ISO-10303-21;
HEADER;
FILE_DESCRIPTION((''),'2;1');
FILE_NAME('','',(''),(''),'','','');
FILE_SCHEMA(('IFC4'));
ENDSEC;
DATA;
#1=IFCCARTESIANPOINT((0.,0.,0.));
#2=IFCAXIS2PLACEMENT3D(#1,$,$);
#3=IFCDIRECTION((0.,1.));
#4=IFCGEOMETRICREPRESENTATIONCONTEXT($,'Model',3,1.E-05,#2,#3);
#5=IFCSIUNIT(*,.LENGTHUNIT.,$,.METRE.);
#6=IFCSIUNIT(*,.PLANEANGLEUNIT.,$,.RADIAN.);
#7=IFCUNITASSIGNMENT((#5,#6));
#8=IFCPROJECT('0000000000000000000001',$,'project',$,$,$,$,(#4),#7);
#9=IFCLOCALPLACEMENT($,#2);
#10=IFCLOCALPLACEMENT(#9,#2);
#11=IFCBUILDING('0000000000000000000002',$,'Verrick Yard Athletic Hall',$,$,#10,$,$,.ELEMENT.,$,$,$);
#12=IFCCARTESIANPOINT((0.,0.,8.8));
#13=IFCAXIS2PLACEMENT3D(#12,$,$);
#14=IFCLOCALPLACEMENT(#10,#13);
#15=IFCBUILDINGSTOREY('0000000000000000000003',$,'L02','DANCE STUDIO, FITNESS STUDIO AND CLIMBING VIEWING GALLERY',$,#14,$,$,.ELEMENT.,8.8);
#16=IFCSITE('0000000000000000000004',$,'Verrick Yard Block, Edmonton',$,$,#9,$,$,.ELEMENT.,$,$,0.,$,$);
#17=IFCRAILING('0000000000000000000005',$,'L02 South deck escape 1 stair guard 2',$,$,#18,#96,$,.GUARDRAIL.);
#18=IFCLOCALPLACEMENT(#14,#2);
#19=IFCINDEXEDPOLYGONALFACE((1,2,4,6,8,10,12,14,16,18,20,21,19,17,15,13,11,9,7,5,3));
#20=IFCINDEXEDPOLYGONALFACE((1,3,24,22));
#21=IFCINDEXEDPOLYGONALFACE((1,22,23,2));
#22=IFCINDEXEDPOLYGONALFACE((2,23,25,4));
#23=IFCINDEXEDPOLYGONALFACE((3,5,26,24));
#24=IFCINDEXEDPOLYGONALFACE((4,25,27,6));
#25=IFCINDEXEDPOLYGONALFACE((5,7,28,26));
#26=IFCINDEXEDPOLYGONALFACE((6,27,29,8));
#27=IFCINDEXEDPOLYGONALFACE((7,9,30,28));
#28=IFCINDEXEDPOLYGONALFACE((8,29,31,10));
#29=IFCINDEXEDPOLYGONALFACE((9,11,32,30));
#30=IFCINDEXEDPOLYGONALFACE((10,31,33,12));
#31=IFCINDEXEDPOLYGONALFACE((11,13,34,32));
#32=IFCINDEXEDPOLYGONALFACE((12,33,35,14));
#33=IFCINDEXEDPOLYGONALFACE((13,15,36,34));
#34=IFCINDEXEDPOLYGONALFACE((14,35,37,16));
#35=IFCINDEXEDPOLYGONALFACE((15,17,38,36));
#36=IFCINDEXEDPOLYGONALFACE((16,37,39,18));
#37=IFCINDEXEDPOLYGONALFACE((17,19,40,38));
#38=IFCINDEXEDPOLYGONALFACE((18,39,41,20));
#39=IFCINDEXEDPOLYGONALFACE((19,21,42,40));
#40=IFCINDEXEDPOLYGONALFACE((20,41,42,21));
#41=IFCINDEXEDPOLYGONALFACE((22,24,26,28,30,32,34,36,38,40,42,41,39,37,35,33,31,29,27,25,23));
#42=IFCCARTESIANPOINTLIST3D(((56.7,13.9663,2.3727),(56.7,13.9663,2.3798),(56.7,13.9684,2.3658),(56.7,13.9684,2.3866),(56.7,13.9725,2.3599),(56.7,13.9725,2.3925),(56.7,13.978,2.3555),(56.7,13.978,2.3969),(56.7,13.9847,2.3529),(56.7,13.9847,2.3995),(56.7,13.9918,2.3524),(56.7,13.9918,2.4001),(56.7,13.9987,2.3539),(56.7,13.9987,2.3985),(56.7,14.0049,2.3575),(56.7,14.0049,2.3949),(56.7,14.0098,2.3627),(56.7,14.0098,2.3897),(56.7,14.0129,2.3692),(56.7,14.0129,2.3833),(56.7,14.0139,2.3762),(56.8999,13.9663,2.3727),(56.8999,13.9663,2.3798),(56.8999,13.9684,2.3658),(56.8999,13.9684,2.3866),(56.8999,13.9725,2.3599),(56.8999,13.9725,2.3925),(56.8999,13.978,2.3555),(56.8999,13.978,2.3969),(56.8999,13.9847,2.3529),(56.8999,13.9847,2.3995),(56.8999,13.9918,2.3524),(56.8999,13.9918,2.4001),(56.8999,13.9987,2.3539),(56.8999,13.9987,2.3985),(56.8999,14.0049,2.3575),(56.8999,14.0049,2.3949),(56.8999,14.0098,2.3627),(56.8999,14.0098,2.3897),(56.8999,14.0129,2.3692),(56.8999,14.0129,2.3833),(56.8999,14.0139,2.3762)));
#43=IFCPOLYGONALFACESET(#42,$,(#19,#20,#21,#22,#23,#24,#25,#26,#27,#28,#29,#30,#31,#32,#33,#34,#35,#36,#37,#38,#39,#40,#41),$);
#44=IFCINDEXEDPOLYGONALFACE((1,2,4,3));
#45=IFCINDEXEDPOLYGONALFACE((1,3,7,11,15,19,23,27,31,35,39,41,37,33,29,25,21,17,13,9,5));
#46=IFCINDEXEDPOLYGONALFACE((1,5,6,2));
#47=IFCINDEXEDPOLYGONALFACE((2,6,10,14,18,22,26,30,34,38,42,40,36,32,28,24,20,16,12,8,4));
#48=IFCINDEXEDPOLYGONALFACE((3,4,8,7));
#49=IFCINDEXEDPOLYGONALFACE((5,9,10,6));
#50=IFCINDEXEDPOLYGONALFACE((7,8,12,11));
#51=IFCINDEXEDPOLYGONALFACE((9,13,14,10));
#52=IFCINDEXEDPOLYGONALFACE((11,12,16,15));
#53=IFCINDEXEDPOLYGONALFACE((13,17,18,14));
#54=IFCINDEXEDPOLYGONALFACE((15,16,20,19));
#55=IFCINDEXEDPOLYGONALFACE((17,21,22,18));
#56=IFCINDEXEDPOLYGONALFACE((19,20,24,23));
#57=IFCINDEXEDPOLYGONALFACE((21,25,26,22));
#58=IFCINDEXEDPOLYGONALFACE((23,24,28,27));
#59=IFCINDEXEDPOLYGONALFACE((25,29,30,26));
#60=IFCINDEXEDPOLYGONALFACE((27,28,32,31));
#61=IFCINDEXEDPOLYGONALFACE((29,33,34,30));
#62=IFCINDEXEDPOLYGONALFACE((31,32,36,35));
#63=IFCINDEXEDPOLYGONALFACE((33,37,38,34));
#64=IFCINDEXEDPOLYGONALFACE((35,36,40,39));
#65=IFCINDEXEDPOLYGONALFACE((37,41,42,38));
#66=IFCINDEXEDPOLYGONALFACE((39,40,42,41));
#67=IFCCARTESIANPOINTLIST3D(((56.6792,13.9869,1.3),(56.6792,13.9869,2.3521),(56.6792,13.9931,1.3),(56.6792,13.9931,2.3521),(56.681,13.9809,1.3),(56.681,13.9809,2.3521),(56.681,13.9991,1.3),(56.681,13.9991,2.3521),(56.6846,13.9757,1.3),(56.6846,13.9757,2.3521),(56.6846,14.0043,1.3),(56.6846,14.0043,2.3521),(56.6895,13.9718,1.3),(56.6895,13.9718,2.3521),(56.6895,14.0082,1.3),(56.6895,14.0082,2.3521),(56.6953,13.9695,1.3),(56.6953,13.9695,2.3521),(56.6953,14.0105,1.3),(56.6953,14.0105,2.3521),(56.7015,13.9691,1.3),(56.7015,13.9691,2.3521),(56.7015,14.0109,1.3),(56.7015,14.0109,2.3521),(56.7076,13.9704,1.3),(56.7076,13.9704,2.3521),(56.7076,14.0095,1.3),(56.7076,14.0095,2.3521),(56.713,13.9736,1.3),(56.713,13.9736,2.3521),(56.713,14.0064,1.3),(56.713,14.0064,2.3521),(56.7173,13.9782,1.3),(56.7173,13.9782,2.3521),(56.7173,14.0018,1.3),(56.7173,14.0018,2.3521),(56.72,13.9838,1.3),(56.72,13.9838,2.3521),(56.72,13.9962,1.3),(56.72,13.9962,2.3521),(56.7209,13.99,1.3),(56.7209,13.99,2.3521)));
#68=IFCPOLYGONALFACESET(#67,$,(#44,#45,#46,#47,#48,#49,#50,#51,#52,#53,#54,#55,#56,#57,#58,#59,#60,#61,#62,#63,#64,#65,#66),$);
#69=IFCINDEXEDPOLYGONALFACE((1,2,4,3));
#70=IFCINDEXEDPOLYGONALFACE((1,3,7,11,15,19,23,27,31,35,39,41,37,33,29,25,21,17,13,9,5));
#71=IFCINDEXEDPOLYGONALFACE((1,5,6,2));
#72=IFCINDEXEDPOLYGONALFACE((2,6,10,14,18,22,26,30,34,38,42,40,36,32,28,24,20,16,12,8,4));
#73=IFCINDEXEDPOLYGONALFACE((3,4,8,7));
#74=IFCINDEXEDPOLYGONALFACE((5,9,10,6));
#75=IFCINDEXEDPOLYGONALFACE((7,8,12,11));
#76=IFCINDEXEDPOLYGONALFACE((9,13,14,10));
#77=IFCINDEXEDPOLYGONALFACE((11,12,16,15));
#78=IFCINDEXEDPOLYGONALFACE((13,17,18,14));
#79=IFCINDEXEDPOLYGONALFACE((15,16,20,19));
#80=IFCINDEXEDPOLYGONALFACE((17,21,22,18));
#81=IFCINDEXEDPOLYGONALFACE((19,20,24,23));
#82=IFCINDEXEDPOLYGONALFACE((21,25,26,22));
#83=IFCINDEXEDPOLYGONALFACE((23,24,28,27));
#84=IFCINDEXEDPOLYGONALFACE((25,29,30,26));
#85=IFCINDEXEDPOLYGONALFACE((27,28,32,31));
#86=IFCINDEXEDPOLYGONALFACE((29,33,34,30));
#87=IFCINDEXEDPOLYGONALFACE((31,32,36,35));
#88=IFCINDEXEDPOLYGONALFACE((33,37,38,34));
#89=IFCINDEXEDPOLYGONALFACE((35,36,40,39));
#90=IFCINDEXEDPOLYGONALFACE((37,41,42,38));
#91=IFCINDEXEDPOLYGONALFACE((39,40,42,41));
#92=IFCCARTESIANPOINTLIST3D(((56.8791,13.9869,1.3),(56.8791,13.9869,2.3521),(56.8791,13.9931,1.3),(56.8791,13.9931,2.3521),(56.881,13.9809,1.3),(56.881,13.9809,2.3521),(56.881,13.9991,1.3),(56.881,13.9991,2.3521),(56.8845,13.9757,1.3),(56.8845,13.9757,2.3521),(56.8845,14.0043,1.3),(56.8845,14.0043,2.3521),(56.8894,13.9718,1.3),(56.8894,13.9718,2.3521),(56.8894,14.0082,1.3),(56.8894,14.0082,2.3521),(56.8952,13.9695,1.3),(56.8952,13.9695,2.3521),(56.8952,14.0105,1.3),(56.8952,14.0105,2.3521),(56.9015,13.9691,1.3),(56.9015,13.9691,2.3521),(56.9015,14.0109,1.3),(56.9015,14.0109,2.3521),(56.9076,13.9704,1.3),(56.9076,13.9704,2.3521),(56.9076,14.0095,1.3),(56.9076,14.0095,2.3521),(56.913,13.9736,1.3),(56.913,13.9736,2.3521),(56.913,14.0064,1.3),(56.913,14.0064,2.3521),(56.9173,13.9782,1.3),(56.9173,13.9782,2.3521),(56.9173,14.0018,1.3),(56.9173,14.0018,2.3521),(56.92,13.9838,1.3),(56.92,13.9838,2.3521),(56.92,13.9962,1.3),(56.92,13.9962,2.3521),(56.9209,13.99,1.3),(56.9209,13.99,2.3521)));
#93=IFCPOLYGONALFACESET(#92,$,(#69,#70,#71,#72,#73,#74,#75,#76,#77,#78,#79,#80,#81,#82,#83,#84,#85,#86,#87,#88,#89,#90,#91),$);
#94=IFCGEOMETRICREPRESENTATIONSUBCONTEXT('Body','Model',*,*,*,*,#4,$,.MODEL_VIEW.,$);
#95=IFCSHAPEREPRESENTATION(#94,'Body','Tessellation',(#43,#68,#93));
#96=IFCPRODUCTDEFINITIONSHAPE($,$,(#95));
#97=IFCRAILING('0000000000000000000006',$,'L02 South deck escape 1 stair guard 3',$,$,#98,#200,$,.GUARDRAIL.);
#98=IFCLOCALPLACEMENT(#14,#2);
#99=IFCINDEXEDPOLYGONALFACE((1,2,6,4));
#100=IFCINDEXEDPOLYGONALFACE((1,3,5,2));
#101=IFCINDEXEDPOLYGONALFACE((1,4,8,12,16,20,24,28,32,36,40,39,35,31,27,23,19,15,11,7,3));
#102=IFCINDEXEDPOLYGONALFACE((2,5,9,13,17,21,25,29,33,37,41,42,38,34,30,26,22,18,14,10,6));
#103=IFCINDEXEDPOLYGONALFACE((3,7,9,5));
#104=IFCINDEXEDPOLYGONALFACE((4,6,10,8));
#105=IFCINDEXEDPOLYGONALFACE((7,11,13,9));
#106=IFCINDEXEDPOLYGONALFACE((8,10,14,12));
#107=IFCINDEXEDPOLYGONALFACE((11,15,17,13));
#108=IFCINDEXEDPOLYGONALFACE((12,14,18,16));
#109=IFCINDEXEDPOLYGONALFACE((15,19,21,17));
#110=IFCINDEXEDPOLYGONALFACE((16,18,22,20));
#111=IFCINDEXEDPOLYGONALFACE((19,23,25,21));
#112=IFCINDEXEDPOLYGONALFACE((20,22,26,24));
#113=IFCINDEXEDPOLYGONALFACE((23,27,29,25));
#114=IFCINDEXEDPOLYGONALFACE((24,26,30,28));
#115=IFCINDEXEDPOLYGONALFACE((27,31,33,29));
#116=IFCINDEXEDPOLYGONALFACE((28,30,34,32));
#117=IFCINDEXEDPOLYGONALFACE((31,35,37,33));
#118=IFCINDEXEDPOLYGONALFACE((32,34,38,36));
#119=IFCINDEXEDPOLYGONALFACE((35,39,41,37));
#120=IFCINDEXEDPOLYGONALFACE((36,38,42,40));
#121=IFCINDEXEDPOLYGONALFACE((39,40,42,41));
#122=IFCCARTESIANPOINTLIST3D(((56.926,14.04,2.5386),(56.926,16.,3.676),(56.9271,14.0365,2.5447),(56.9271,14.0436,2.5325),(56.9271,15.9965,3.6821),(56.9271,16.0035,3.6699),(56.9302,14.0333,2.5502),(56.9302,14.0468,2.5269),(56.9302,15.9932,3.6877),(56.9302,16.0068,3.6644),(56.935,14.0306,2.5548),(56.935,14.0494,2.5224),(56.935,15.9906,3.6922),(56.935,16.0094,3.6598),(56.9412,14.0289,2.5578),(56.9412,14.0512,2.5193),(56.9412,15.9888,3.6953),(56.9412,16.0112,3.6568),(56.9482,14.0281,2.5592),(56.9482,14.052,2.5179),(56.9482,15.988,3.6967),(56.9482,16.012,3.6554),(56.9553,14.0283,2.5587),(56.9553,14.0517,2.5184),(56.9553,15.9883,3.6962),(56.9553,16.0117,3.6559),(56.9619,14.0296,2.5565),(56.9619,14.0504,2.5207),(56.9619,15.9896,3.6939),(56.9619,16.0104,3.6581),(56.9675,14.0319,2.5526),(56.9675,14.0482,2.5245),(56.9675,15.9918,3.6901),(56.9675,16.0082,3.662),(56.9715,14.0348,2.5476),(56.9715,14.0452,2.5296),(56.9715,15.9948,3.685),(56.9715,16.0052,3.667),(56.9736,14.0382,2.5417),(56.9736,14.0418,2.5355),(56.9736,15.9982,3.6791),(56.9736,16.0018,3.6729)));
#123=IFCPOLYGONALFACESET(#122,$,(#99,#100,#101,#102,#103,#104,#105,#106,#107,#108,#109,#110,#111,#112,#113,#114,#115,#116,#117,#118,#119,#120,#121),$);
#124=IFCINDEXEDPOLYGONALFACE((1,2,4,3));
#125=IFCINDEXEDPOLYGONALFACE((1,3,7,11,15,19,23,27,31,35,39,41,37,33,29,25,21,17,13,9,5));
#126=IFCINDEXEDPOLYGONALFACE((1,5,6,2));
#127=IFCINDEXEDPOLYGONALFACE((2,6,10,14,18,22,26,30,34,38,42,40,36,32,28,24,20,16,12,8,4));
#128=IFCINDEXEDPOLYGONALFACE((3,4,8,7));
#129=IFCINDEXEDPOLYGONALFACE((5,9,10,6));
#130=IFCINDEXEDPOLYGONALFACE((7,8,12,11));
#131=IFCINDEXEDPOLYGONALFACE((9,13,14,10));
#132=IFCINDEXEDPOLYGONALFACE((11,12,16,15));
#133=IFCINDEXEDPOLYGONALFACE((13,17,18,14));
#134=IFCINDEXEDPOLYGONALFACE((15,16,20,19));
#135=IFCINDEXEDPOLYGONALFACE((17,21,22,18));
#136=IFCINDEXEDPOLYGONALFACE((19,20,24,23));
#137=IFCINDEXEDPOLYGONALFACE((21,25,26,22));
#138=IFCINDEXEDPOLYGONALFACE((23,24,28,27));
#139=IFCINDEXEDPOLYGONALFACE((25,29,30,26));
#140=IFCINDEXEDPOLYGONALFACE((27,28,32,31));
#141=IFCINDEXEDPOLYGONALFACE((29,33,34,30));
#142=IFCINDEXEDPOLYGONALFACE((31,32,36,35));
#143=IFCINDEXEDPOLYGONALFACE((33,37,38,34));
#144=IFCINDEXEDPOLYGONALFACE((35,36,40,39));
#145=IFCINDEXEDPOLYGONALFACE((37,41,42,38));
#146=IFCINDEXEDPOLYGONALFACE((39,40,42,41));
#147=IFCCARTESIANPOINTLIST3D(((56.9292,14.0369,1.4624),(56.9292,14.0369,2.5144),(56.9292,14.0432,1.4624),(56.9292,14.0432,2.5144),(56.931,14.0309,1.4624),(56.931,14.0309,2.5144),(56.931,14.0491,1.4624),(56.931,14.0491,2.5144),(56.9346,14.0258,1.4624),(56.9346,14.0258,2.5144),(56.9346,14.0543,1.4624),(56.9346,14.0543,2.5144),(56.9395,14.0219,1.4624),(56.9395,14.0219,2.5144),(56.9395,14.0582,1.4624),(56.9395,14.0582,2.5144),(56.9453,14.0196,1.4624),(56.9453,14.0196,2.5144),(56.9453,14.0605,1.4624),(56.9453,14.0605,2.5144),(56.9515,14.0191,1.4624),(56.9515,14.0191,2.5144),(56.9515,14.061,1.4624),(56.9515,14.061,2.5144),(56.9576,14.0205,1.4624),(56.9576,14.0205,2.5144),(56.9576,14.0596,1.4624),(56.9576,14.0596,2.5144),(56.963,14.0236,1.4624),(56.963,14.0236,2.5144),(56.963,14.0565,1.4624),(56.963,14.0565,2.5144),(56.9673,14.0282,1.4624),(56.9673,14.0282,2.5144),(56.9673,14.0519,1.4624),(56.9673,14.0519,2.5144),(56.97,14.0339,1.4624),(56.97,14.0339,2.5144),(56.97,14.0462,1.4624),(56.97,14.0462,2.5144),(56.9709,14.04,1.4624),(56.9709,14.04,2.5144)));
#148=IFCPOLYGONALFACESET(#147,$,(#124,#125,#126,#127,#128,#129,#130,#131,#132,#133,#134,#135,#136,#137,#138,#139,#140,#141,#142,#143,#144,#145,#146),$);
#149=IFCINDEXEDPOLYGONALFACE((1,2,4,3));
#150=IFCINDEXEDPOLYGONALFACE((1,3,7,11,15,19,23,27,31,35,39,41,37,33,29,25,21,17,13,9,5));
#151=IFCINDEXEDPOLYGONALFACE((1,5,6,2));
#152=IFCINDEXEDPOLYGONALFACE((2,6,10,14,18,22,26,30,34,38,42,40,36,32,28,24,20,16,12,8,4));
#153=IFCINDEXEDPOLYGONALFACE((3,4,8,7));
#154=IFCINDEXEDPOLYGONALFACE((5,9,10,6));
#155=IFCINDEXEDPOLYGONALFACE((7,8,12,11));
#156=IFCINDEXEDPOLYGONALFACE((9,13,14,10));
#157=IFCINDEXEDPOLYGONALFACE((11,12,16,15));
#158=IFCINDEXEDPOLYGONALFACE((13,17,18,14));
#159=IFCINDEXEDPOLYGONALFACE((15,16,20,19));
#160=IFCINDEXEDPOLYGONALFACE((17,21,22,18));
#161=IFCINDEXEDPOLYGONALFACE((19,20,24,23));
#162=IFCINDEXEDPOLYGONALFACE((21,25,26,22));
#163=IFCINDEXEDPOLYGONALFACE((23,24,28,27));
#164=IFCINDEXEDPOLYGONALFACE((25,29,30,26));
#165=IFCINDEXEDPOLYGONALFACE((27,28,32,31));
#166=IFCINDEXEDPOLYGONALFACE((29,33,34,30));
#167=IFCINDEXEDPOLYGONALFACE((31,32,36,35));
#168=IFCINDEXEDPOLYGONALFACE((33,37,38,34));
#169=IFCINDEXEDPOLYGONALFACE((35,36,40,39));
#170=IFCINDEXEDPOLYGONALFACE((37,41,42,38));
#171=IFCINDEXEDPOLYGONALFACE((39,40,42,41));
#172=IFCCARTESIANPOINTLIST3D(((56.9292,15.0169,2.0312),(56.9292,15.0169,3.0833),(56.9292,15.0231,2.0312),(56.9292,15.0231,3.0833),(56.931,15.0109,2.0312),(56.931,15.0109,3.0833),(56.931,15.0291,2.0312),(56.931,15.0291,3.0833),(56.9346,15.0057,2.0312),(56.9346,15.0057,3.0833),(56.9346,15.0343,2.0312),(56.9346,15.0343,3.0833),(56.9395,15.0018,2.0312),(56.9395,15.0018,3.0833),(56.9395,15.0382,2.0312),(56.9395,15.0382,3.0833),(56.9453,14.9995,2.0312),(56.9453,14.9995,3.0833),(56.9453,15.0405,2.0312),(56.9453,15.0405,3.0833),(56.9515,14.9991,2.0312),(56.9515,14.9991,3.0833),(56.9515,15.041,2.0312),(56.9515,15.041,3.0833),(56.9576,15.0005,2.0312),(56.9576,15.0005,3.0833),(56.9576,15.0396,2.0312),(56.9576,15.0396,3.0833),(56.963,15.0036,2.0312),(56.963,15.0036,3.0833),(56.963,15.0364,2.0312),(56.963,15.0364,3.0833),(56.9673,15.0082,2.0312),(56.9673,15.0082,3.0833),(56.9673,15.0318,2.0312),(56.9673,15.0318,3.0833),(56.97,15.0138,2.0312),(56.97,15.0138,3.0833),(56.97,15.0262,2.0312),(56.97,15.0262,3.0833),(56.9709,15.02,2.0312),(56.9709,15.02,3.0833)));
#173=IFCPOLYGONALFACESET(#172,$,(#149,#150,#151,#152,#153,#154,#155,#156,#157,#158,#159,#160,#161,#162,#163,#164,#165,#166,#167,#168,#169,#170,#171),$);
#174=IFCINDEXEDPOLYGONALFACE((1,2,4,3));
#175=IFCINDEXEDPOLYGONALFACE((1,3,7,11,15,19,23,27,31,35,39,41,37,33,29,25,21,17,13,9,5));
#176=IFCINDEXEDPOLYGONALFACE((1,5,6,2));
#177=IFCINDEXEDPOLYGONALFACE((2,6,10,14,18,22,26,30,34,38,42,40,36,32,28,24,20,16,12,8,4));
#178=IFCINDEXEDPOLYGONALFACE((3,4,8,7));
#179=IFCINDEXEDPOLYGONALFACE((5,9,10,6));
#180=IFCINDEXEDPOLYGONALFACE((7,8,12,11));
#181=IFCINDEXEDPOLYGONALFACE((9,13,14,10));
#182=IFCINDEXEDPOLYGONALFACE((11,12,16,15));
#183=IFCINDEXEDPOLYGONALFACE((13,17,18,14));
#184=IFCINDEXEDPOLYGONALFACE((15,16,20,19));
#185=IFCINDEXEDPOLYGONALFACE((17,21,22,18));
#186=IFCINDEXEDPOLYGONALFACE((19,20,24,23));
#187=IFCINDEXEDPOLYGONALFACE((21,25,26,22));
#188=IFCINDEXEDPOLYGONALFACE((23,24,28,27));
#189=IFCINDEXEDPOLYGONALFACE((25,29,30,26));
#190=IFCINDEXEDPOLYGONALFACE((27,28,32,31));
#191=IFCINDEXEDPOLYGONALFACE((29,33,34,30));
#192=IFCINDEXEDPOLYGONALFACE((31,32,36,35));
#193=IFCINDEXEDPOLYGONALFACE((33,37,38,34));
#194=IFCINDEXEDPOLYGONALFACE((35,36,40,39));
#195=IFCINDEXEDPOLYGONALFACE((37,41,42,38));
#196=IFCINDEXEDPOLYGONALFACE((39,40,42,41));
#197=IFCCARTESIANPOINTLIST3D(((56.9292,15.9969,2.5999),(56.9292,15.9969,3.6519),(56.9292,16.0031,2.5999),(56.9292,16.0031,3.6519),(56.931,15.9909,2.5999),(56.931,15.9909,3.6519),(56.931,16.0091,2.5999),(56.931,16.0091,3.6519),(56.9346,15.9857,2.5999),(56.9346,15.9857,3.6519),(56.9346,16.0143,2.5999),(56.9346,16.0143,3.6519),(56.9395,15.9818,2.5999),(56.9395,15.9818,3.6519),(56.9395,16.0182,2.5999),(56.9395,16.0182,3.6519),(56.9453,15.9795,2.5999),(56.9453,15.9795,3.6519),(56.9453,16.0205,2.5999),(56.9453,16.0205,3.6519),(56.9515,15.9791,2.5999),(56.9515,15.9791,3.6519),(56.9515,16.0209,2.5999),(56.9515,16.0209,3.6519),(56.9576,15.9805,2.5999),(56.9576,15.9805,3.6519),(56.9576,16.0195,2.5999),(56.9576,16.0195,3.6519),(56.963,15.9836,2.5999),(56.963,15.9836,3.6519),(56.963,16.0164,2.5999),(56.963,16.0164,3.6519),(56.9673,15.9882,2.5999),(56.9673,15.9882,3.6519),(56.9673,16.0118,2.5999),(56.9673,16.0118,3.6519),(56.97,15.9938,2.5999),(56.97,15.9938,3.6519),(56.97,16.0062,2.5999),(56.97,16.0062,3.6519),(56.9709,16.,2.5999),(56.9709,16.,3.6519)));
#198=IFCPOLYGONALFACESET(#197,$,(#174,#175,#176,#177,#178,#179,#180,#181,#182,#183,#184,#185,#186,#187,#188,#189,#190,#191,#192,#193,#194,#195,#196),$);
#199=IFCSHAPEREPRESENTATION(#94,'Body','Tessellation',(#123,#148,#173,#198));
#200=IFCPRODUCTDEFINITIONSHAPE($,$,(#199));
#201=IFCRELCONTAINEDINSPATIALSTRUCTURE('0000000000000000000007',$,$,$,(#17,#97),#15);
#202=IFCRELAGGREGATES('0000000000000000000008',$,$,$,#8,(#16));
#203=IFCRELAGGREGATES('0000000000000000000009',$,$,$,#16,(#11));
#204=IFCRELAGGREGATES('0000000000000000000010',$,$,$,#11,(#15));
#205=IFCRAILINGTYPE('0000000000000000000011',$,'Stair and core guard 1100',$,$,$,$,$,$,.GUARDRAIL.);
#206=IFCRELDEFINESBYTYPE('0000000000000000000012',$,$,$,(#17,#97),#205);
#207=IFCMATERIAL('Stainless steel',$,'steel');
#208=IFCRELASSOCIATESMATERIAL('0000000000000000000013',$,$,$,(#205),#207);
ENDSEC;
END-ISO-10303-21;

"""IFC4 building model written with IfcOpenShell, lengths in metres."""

from ifc_helpers import new_model, si_unit, direction, frame, origin, origin_2d, place, context, subcontext, project, spatial, circle, extrude, material, type_object, element, save


model = new_model("IFC4")

# Units and contexts
model_context = context("Model", 3, precision=1e-05, world=origin(), true_north=direction((0.0, 1.0)))
body_context = subcontext(model_context, "Body", "Model", "MODEL_VIEW")
ifc_project = project(units=[si_unit("LENGTHUNIT", "METRE"), si_unit("PLANEANGLEUNIT", "RADIAN")], contexts=[model_context])

# Site, building, storey
site_placement = place(None, origin())
site = spatial("IfcSite", under=ifc_project, at=site_placement, Name="Verrick Yard Block, Edmonton", CompositionType="ELEMENT", RefElevation=0.0)
building_placement = place(site_placement, origin())
building = spatial("IfcBuilding", under=site, at=building_placement, Name="Verrick Yard Athletic Hall", CompositionType="ELEMENT")
storey_placement = place(building_placement, frame((0.0, 0.0, 8.8)))
storey = spatial("IfcBuildingStorey", under=building, at=storey_placement, Name="L02", Description="DANCE STUDIO, FITNESS STUDIO AND CLIMBING VIEWING GALLERY", CompositionType="ELEMENT", Elevation=8.8)

# Railings
ifc_material_1 = material(Name="Stainless steel", Category="steel")
railing_type_1 = type_object("IfcRailingType", Name="Stair and core guard 1100", PredefinedType="GUARDRAIL", material=ifc_material_1)
railing_1_placement = place(storey_placement, frame((56.7, 13.99, 1.3)))
element("IfcRailing", 1, at=railing_1_placement, inside=storey, type_object=railing_type_1, Name="L02 South deck escape 1 stair guard 2", PredefinedType="GUARDRAIL", context=body_context, shape_type="SweptSolid", body=[
    extrude(circle(Radius=0.0239, at=origin_2d()), frame((0.0, 0.0, 1.0762), z_axis=(1.0, 0.0, 0.0), x_axis=(0.0, 1.0, 0.0)), (0.0, 0.0, 1.0), 0.2),
    extrude(circle(Radius=0.021, at=origin_2d()), origin(), (0.0, 0.0, 1.0), 1.052),
    extrude(circle(Radius=0.021, at=origin_2d()), frame((0.2, 0.0, 0.0)), (0.0, 0.0, 1.0), 1.052),
])
railing_2_placement = place(storey_placement, frame((56.95, 14.04, 1.4624)))
element("IfcRailing", 2, at=railing_2_placement, inside=storey, type_object=railing_type_1, Name="L02 South deck escape 1 stair guard 3", PredefinedType="GUARDRAIL", context=body_context, shape_type="SweptSolid", body=[
    extrude(circle(Radius=0.0239, at=origin_2d()), frame((0.0, 0.0, 1.0762), z_axis=(0.0, 0.864902, 0.501941), x_axis=(-1.0, 0.0, 0.0)), (0.0, 0.0, 1.0), 2.2661),
    extrude(circle(Radius=0.021, at=origin_2d()), origin(), (0.0, 0.0, 1.0), 1.052),
    extrude(circle(Radius=0.021, at=origin_2d()), frame((0.0, 0.98, 0.5688)), (0.0, 0.0, 1.0), 1.052),
    extrude(circle(Radius=0.021, at=origin_2d()), frame((0.0, 1.96, 1.1375)), (0.0, 0.0, 1.0), 1.052),
])

save(model, "model.ifc")
